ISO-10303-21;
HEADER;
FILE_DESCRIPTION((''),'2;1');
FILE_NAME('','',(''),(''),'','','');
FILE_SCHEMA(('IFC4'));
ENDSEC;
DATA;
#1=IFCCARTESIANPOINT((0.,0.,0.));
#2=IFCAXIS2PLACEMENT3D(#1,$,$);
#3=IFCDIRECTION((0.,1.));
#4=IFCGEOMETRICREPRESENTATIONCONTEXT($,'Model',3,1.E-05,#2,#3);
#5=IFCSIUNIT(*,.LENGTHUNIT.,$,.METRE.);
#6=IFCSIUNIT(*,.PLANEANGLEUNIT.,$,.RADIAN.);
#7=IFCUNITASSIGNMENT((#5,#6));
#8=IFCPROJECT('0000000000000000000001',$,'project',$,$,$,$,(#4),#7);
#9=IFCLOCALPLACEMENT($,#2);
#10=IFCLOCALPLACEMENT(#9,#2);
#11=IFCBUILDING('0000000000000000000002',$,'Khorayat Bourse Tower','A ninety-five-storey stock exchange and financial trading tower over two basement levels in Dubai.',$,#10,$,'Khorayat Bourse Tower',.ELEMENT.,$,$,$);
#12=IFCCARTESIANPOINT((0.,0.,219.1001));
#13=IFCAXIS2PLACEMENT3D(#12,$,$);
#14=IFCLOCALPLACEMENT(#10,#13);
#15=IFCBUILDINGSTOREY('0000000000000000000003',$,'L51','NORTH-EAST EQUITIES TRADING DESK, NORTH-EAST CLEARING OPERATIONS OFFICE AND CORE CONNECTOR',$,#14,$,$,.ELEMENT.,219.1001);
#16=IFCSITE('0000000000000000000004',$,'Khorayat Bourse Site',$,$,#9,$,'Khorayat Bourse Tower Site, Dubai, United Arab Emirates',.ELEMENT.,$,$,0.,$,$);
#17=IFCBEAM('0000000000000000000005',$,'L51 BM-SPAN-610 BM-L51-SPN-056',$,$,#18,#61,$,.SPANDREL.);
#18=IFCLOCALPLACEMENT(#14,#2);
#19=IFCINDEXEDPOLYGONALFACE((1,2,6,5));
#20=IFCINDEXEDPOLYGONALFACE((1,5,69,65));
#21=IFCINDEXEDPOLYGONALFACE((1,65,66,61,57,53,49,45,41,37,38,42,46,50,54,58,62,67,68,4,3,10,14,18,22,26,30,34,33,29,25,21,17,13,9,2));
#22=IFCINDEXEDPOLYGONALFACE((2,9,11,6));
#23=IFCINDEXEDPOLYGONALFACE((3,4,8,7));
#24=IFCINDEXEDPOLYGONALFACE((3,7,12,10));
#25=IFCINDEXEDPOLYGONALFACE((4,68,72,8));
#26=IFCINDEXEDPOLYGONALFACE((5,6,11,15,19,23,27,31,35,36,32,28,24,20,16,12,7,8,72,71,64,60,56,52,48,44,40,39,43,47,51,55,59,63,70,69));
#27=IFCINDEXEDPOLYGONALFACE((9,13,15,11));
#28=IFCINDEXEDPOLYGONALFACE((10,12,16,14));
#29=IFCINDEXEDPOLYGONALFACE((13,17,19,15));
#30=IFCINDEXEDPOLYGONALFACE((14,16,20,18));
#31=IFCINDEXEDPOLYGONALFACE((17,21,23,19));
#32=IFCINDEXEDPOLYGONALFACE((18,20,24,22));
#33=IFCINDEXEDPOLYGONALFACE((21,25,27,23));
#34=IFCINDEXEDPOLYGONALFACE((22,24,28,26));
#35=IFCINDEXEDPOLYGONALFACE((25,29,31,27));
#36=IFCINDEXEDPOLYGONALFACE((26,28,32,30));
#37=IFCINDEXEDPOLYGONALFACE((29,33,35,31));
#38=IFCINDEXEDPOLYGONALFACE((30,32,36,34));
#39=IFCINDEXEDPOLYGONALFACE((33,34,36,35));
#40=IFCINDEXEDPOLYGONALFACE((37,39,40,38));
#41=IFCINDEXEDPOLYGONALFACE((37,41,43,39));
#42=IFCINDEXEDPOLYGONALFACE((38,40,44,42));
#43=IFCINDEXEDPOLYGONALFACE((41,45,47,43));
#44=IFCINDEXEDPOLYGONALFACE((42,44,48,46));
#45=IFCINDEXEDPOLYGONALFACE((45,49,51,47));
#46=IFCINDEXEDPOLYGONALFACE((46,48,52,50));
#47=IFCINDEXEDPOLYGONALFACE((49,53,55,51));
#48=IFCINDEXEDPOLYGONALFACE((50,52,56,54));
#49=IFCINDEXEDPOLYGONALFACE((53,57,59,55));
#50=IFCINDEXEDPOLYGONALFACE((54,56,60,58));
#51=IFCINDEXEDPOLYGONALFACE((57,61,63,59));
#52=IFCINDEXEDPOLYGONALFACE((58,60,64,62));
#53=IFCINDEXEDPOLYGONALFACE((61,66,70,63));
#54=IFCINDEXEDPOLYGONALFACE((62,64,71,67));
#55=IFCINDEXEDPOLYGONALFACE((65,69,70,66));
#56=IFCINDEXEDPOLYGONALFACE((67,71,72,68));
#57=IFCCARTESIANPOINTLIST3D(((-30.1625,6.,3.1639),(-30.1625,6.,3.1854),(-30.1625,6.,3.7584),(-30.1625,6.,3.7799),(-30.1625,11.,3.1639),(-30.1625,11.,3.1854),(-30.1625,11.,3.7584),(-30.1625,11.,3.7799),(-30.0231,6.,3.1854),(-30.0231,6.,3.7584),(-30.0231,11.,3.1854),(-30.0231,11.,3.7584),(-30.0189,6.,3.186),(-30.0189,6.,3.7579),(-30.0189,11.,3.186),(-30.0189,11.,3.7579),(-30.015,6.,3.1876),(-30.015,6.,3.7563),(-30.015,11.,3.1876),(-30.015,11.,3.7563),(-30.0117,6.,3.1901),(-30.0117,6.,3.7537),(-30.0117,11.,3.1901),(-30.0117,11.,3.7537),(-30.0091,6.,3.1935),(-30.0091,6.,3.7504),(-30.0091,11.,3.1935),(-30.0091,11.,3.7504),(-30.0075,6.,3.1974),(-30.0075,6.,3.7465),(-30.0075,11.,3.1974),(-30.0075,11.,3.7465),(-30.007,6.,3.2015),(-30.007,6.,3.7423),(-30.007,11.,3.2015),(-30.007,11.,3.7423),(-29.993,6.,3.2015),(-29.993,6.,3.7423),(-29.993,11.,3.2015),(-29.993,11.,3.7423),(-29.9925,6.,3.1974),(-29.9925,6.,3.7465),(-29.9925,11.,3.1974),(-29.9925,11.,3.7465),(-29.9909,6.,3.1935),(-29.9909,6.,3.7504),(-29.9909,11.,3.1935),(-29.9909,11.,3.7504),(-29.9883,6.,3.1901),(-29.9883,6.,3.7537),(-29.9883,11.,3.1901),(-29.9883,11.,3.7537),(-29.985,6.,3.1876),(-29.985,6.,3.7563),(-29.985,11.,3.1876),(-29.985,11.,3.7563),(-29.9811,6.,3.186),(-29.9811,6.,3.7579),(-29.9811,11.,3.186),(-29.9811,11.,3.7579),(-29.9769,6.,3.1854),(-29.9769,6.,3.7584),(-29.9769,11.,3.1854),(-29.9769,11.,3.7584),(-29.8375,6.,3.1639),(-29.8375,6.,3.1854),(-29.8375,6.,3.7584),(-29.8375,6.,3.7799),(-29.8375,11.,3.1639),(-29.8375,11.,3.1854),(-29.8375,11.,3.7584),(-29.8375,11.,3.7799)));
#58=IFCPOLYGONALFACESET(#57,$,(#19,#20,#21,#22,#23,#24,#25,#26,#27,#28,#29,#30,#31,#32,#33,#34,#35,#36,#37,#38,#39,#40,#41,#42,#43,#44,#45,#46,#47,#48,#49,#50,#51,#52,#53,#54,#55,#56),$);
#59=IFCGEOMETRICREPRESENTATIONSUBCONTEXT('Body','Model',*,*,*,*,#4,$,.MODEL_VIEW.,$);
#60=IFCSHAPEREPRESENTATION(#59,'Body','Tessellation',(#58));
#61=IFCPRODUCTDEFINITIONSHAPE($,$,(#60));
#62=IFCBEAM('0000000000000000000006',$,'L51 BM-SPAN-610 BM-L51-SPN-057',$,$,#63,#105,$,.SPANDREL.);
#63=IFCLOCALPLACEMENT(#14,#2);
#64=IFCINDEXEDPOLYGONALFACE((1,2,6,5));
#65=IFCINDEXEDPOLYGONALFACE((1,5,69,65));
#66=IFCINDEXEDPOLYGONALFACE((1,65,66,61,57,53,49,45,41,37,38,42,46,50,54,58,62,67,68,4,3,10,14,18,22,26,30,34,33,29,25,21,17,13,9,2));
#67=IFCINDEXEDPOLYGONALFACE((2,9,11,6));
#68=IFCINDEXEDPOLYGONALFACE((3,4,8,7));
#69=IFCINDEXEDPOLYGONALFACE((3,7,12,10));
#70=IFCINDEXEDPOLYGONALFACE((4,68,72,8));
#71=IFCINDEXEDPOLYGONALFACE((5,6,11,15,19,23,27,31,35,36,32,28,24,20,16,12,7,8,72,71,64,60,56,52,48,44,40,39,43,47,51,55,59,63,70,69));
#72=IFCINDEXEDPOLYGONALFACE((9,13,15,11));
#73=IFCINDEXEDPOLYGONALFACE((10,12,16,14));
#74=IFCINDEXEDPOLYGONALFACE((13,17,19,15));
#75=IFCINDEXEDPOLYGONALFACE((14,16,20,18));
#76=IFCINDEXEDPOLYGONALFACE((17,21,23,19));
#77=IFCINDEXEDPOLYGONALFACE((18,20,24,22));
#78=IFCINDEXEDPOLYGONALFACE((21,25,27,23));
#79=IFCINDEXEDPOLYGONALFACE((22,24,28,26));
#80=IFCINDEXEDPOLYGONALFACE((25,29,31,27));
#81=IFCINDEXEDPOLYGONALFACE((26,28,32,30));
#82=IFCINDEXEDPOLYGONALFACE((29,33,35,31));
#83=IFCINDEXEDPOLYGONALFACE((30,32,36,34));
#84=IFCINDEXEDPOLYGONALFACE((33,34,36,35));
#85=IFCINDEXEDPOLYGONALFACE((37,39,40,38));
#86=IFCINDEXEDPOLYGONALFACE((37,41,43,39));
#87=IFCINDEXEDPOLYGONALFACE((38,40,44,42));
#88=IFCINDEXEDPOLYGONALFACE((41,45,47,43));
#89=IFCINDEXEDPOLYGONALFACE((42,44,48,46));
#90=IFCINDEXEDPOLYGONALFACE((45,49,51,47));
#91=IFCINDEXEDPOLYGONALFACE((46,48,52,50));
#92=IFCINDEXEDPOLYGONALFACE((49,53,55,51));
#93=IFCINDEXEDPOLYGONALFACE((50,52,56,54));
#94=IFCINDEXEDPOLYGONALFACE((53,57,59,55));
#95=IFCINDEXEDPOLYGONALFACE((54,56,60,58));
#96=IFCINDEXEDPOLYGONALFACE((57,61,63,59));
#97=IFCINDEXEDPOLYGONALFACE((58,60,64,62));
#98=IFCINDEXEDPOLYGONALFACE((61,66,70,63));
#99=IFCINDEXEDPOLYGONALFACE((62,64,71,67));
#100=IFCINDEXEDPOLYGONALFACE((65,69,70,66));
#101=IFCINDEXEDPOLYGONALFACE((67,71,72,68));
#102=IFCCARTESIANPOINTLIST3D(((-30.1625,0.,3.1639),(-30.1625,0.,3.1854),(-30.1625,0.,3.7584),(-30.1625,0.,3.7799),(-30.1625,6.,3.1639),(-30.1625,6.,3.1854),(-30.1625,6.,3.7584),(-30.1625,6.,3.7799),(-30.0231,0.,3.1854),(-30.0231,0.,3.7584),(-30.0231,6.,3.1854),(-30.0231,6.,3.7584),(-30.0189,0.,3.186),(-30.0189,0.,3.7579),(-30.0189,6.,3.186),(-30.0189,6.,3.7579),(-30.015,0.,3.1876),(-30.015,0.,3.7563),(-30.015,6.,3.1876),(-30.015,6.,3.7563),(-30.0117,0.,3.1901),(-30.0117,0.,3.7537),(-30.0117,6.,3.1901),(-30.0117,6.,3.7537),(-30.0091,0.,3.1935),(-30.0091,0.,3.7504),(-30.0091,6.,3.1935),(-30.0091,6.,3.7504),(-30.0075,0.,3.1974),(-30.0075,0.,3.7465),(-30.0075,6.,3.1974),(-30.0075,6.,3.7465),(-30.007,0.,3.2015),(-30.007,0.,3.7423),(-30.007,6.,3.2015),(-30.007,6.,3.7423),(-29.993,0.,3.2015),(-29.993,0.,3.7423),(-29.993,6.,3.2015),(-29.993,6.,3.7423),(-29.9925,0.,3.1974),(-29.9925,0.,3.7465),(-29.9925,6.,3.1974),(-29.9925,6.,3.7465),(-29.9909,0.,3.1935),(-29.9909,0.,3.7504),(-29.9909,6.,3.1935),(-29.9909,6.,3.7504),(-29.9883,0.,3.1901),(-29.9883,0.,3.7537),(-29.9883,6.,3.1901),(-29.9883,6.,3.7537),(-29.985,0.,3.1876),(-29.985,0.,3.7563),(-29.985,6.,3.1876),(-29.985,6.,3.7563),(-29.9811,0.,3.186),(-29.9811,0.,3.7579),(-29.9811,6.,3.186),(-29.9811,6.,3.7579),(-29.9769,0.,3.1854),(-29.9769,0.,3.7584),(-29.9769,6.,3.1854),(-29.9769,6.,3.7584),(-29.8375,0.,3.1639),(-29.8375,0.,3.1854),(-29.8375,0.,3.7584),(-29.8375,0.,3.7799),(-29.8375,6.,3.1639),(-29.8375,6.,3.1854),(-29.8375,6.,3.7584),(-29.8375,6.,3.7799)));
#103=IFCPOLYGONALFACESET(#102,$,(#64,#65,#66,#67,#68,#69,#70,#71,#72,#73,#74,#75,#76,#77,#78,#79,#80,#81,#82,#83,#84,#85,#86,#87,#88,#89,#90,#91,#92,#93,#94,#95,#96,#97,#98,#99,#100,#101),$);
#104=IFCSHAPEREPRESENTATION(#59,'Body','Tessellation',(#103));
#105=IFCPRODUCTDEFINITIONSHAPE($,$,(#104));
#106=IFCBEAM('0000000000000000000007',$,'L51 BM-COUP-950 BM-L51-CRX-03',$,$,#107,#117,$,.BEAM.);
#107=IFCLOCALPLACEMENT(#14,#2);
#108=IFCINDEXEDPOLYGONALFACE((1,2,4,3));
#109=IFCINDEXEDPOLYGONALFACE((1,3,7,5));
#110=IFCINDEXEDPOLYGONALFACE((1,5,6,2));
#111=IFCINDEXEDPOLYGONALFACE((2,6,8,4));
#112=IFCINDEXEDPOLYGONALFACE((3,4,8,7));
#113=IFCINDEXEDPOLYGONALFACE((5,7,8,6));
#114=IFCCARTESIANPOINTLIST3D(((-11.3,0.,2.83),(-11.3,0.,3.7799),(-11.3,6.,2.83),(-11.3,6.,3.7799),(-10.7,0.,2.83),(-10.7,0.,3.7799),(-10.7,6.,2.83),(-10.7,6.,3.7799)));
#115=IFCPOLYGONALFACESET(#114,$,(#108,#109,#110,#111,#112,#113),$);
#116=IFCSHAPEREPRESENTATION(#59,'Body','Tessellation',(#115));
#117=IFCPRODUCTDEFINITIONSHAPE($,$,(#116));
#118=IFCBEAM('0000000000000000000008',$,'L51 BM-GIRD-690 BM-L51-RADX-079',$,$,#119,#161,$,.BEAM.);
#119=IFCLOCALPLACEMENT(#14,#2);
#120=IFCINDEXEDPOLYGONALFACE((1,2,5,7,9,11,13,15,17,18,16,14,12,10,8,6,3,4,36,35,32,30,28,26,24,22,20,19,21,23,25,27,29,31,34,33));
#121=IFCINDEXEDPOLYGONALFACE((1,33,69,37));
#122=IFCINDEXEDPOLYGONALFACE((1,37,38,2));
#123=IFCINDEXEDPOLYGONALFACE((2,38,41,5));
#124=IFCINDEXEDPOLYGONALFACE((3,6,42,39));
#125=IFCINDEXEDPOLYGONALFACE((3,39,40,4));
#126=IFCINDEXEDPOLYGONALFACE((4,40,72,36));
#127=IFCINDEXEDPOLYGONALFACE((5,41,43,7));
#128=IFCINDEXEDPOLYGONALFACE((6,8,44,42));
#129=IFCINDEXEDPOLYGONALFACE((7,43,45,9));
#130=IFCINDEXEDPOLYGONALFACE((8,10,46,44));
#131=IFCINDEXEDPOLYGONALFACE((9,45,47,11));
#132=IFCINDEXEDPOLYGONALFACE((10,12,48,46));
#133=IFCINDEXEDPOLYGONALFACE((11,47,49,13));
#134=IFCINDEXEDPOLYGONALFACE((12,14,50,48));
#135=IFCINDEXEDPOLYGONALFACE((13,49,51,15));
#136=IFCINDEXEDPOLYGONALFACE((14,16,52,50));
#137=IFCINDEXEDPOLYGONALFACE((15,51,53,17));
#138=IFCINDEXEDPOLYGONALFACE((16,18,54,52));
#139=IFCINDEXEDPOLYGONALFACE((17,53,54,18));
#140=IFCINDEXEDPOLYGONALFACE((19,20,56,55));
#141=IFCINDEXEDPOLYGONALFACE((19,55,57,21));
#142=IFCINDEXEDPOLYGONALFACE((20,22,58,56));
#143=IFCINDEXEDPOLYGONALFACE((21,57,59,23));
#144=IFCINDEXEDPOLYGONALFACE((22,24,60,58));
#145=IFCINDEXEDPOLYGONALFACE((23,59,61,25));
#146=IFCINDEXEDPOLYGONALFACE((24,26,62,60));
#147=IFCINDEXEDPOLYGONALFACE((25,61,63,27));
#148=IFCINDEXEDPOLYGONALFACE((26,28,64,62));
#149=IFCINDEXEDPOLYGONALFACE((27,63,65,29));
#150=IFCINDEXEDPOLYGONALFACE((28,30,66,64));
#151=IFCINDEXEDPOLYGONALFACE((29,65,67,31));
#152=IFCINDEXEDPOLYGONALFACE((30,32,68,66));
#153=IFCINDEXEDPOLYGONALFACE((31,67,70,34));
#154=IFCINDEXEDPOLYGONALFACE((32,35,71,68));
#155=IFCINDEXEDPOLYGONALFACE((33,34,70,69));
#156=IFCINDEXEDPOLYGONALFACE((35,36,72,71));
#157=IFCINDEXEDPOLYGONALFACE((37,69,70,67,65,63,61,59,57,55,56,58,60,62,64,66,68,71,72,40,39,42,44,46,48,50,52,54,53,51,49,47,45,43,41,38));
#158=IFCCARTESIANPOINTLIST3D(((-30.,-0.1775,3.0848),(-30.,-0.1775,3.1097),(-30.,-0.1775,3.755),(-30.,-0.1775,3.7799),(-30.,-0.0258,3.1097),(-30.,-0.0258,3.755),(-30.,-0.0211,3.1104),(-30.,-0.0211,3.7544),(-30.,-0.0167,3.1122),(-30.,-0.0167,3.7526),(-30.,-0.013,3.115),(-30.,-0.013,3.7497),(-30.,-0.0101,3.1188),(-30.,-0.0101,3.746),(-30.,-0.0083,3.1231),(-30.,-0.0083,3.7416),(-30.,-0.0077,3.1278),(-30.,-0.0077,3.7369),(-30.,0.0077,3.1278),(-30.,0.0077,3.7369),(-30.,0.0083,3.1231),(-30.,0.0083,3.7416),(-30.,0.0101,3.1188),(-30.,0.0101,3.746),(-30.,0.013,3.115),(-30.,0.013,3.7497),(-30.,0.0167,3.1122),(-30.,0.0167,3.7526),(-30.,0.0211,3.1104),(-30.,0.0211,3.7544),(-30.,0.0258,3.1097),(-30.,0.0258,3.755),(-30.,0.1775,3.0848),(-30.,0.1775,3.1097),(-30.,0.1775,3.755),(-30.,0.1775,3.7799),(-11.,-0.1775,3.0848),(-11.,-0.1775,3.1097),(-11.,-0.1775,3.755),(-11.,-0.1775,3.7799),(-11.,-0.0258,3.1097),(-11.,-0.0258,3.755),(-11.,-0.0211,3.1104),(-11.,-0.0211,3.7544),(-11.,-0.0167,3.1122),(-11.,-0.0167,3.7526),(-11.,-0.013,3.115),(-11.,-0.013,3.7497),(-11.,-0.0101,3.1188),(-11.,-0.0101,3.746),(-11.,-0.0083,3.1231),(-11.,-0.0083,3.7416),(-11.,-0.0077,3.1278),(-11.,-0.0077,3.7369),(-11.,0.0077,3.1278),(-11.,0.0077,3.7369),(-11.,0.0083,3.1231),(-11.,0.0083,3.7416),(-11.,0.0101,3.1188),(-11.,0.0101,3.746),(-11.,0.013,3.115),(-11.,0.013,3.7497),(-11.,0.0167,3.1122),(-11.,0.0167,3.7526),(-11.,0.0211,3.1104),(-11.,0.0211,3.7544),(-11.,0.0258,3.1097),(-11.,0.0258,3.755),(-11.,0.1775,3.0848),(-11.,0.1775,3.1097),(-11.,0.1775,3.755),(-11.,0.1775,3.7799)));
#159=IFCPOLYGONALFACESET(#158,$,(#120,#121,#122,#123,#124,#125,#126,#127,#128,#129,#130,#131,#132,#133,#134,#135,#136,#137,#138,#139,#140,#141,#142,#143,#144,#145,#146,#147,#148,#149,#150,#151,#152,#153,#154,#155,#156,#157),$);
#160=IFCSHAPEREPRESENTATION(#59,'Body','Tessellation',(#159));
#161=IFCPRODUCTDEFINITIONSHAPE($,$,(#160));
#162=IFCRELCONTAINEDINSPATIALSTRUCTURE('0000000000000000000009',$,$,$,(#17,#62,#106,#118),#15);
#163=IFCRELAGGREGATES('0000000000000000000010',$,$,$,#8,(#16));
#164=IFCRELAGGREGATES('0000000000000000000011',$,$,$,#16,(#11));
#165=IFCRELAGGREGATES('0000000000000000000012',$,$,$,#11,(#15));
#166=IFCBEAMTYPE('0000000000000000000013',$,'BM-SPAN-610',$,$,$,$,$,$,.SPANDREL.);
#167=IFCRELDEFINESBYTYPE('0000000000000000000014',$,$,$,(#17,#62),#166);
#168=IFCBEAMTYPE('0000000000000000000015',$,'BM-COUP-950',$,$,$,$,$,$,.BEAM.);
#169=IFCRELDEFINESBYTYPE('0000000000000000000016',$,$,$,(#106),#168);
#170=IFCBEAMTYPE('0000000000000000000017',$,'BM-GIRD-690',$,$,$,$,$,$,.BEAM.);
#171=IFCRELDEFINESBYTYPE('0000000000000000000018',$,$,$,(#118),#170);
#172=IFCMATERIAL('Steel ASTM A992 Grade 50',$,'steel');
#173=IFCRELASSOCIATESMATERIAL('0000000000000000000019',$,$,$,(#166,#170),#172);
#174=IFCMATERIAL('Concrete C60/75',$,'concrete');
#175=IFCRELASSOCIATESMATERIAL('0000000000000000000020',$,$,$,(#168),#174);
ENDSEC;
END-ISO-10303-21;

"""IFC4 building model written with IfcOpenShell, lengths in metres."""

from ifc_helpers import new_model, si_unit, direction, frame, origin, origin_2d, place, context, subcontext, project, spatial, rectangle, i_section, extrude, source, transform, mapped, material, material_profile, profile_set, type_object, element, save


model = new_model("IFC4")

# Units and contexts
model_context = context("Model", 3, precision=1e-05, world=origin(), true_north=direction((0.0, 1.0)))
body_context = subcontext(model_context, "Body", "Model", "MODEL_VIEW")
ifc_project = project(units=[si_unit("LENGTHUNIT", "METRE"), si_unit("PLANEANGLEUNIT", "RADIAN")], contexts=[model_context])

# Site, building, storey
site_placement = place(None, origin())
site = spatial("IfcSite", under=ifc_project, at=site_placement, Name="Khorayat Bourse Site", LongName="Khorayat Bourse Tower Site, Dubai, United Arab Emirates", CompositionType="ELEMENT", RefElevation=0.0)
building_placement = place(site_placement, origin())
building = spatial("IfcBuilding", under=site, at=building_placement, Name="Khorayat Bourse Tower", Description="A ninety-five-storey stock exchange and financial trading tower over two basement levels in Dubai.", LongName="Khorayat Bourse Tower", CompositionType="ELEMENT")
storey_placement = place(building_placement, frame((0.0, 0.0, 219.1001)))
storey = spatial("IfcBuildingStorey", under=building, at=storey_placement, Name="L51", Description="NORTH-EAST EQUITIES TRADING DESK, NORTH-EAST CLEARING OPERATIONS OFFICE AND CORE CONNECTOR", CompositionType="ELEMENT", Elevation=219.1001)

# Shared definitions
ifc_material_1 = material(Name="Concrete C60/75", Category="concrete")

# Beams
ifc_material_2 = material(Name="Steel ASTM A992 Grade 50", Category="steel")
ifc_material_profile_1 = material_profile(ifc_material_2, i_section(OverallWidth=0.325, OverallDepth=0.616, WebThickness=0.0139, FlangeThickness=0.0215, FilletRadius=0.0161, at=origin_2d()), Name="W610X174")
ifc_profile_set_1 = profile_set([ifc_material_profile_1], Name="Steel ASTM A992 Grade 50")
beam_type_1 = type_object("IfcBeamType", Name="BM-SPAN-610", PredefinedType="SPANDREL", material=ifc_profile_set_1)
shared_shape_1 = source(origin(), body_context, "Body", "SweptSolid", [
    extrude(i_section(OverallWidth=0.325, OverallDepth=0.616, WebThickness=0.0139, FlangeThickness=0.0215, FilletRadius=0.0161, at=origin_2d()), origin(), (0.0, 0.0, 1.0), 5.0),
])
beam_1_placement = place(storey_placement, frame((-30.0, 6.0, 3.4719), z_axis=(0.0, 1.0, 0.0), x_axis=(-1.0, 0.0, 0.0)))
element("IfcBeam", 1, at=beam_1_placement, inside=storey, type_object=beam_type_1, Name="L51 BM-SPAN-610 BM-L51-SPN-056", PredefinedType="SPANDREL", context=body_context, shape_type="MappedRepresentation", body=[
    mapped(shared_shape_1, transform((0.0, 0.0, 0.0), scale=1.0)),
])
shared_shape_2 = source(origin(), body_context, "Body", "SweptSolid", [
    extrude(i_section(OverallWidth=0.325, OverallDepth=0.616, WebThickness=0.0139, FlangeThickness=0.0215, FilletRadius=0.0161, at=origin_2d()), origin(), (0.0, 0.0, 1.0), 6.0),
])
beam_2_placement = place(storey_placement, frame((-30.0, 0.0, 3.4719), z_axis=(0.0, 1.0, 0.0), x_axis=(-1.0, 0.0, 0.0)))
element("IfcBeam", 2, at=beam_2_placement, inside=storey, type_object=beam_type_1, Name="L51 BM-SPAN-610 BM-L51-SPN-057", PredefinedType="SPANDREL", context=body_context, shape_type="MappedRepresentation", body=[
    mapped(shared_shape_2, transform((0.0, 0.0, 0.0), scale=1.0)),
])
ifc_material_profile_2 = material_profile(ifc_material_1, rectangle(XDim=0.6001, YDim=0.95, at=origin_2d()), Name="RC 600x950")
ifc_profile_set_2 = profile_set([ifc_material_profile_2], Name="Concrete C60/75")
beam_type_2 = type_object("IfcBeamType", Name="BM-COUP-950", PredefinedType="BEAM", material=ifc_profile_set_2)
shared_shape_3 = source(origin(), body_context, "Body", "SweptSolid", [
    extrude(rectangle(XDim=0.6001, YDim=0.95, at=origin_2d()), origin(), (0.0, 0.0, 1.0), 6.0),
])
beam_3_placement = place(storey_placement, frame((-11.0, 0.0, 3.3049), z_axis=(0.0, 1.0, 0.0), x_axis=(-1.0, 0.0, 0.0)))
element("IfcBeam", 3, at=beam_3_placement, inside=storey, type_object=beam_type_2, Name="L51 BM-COUP-950 BM-L51-CRX-03", PredefinedType="BEAM", context=body_context, shape_type="MappedRepresentation", body=[
    mapped(shared_shape_3, transform((0.0, 0.0, 0.0), scale=1.0)),
])
ifc_material_profile_3 = material_profile(ifc_material_2, i_section(OverallWidth=0.355, OverallDepth=0.6951, WebThickness=0.0154, FlangeThickness=0.0249, FilletRadius=0.0181, at=origin_2d()), Name="W690X217")
ifc_profile_set_3 = profile_set([ifc_material_profile_3], Name="Steel ASTM A992 Grade 50")
beam_type_3 = type_object("IfcBeamType", Name="BM-GIRD-690", PredefinedType="BEAM", material=ifc_profile_set_3)
shared_shape_4 = source(origin(), body_context, "Body", "SweptSolid", [
    extrude(i_section(OverallWidth=0.355, OverallDepth=0.6951, WebThickness=0.0154, FlangeThickness=0.0249, FilletRadius=0.0181, at=origin_2d()), origin(), (0.0, 0.0, 1.0), 19.0),
])
for number, where, z_axis, x_axis, name in (
    (4, (-30.0, 0.0, 3.4324), (1.0, 0.0, 0.0), (0.0, 1.0, 0.0), "L51 BM-GIRD-690 BM-L51-RADX-079"),
):
    element("IfcBeam", number, at=place(storey_placement, frame(where, z_axis=z_axis, x_axis=x_axis)), inside=storey, type_object=beam_type_3, Name=name, PredefinedType="BEAM", context=body_context, shape_type="MappedRepresentation", body=[
        mapped(shared_shape_4, transform((0.0, 0.0, 0.0), scale=1.0)),
    ])

save(model, "model.ifc")
